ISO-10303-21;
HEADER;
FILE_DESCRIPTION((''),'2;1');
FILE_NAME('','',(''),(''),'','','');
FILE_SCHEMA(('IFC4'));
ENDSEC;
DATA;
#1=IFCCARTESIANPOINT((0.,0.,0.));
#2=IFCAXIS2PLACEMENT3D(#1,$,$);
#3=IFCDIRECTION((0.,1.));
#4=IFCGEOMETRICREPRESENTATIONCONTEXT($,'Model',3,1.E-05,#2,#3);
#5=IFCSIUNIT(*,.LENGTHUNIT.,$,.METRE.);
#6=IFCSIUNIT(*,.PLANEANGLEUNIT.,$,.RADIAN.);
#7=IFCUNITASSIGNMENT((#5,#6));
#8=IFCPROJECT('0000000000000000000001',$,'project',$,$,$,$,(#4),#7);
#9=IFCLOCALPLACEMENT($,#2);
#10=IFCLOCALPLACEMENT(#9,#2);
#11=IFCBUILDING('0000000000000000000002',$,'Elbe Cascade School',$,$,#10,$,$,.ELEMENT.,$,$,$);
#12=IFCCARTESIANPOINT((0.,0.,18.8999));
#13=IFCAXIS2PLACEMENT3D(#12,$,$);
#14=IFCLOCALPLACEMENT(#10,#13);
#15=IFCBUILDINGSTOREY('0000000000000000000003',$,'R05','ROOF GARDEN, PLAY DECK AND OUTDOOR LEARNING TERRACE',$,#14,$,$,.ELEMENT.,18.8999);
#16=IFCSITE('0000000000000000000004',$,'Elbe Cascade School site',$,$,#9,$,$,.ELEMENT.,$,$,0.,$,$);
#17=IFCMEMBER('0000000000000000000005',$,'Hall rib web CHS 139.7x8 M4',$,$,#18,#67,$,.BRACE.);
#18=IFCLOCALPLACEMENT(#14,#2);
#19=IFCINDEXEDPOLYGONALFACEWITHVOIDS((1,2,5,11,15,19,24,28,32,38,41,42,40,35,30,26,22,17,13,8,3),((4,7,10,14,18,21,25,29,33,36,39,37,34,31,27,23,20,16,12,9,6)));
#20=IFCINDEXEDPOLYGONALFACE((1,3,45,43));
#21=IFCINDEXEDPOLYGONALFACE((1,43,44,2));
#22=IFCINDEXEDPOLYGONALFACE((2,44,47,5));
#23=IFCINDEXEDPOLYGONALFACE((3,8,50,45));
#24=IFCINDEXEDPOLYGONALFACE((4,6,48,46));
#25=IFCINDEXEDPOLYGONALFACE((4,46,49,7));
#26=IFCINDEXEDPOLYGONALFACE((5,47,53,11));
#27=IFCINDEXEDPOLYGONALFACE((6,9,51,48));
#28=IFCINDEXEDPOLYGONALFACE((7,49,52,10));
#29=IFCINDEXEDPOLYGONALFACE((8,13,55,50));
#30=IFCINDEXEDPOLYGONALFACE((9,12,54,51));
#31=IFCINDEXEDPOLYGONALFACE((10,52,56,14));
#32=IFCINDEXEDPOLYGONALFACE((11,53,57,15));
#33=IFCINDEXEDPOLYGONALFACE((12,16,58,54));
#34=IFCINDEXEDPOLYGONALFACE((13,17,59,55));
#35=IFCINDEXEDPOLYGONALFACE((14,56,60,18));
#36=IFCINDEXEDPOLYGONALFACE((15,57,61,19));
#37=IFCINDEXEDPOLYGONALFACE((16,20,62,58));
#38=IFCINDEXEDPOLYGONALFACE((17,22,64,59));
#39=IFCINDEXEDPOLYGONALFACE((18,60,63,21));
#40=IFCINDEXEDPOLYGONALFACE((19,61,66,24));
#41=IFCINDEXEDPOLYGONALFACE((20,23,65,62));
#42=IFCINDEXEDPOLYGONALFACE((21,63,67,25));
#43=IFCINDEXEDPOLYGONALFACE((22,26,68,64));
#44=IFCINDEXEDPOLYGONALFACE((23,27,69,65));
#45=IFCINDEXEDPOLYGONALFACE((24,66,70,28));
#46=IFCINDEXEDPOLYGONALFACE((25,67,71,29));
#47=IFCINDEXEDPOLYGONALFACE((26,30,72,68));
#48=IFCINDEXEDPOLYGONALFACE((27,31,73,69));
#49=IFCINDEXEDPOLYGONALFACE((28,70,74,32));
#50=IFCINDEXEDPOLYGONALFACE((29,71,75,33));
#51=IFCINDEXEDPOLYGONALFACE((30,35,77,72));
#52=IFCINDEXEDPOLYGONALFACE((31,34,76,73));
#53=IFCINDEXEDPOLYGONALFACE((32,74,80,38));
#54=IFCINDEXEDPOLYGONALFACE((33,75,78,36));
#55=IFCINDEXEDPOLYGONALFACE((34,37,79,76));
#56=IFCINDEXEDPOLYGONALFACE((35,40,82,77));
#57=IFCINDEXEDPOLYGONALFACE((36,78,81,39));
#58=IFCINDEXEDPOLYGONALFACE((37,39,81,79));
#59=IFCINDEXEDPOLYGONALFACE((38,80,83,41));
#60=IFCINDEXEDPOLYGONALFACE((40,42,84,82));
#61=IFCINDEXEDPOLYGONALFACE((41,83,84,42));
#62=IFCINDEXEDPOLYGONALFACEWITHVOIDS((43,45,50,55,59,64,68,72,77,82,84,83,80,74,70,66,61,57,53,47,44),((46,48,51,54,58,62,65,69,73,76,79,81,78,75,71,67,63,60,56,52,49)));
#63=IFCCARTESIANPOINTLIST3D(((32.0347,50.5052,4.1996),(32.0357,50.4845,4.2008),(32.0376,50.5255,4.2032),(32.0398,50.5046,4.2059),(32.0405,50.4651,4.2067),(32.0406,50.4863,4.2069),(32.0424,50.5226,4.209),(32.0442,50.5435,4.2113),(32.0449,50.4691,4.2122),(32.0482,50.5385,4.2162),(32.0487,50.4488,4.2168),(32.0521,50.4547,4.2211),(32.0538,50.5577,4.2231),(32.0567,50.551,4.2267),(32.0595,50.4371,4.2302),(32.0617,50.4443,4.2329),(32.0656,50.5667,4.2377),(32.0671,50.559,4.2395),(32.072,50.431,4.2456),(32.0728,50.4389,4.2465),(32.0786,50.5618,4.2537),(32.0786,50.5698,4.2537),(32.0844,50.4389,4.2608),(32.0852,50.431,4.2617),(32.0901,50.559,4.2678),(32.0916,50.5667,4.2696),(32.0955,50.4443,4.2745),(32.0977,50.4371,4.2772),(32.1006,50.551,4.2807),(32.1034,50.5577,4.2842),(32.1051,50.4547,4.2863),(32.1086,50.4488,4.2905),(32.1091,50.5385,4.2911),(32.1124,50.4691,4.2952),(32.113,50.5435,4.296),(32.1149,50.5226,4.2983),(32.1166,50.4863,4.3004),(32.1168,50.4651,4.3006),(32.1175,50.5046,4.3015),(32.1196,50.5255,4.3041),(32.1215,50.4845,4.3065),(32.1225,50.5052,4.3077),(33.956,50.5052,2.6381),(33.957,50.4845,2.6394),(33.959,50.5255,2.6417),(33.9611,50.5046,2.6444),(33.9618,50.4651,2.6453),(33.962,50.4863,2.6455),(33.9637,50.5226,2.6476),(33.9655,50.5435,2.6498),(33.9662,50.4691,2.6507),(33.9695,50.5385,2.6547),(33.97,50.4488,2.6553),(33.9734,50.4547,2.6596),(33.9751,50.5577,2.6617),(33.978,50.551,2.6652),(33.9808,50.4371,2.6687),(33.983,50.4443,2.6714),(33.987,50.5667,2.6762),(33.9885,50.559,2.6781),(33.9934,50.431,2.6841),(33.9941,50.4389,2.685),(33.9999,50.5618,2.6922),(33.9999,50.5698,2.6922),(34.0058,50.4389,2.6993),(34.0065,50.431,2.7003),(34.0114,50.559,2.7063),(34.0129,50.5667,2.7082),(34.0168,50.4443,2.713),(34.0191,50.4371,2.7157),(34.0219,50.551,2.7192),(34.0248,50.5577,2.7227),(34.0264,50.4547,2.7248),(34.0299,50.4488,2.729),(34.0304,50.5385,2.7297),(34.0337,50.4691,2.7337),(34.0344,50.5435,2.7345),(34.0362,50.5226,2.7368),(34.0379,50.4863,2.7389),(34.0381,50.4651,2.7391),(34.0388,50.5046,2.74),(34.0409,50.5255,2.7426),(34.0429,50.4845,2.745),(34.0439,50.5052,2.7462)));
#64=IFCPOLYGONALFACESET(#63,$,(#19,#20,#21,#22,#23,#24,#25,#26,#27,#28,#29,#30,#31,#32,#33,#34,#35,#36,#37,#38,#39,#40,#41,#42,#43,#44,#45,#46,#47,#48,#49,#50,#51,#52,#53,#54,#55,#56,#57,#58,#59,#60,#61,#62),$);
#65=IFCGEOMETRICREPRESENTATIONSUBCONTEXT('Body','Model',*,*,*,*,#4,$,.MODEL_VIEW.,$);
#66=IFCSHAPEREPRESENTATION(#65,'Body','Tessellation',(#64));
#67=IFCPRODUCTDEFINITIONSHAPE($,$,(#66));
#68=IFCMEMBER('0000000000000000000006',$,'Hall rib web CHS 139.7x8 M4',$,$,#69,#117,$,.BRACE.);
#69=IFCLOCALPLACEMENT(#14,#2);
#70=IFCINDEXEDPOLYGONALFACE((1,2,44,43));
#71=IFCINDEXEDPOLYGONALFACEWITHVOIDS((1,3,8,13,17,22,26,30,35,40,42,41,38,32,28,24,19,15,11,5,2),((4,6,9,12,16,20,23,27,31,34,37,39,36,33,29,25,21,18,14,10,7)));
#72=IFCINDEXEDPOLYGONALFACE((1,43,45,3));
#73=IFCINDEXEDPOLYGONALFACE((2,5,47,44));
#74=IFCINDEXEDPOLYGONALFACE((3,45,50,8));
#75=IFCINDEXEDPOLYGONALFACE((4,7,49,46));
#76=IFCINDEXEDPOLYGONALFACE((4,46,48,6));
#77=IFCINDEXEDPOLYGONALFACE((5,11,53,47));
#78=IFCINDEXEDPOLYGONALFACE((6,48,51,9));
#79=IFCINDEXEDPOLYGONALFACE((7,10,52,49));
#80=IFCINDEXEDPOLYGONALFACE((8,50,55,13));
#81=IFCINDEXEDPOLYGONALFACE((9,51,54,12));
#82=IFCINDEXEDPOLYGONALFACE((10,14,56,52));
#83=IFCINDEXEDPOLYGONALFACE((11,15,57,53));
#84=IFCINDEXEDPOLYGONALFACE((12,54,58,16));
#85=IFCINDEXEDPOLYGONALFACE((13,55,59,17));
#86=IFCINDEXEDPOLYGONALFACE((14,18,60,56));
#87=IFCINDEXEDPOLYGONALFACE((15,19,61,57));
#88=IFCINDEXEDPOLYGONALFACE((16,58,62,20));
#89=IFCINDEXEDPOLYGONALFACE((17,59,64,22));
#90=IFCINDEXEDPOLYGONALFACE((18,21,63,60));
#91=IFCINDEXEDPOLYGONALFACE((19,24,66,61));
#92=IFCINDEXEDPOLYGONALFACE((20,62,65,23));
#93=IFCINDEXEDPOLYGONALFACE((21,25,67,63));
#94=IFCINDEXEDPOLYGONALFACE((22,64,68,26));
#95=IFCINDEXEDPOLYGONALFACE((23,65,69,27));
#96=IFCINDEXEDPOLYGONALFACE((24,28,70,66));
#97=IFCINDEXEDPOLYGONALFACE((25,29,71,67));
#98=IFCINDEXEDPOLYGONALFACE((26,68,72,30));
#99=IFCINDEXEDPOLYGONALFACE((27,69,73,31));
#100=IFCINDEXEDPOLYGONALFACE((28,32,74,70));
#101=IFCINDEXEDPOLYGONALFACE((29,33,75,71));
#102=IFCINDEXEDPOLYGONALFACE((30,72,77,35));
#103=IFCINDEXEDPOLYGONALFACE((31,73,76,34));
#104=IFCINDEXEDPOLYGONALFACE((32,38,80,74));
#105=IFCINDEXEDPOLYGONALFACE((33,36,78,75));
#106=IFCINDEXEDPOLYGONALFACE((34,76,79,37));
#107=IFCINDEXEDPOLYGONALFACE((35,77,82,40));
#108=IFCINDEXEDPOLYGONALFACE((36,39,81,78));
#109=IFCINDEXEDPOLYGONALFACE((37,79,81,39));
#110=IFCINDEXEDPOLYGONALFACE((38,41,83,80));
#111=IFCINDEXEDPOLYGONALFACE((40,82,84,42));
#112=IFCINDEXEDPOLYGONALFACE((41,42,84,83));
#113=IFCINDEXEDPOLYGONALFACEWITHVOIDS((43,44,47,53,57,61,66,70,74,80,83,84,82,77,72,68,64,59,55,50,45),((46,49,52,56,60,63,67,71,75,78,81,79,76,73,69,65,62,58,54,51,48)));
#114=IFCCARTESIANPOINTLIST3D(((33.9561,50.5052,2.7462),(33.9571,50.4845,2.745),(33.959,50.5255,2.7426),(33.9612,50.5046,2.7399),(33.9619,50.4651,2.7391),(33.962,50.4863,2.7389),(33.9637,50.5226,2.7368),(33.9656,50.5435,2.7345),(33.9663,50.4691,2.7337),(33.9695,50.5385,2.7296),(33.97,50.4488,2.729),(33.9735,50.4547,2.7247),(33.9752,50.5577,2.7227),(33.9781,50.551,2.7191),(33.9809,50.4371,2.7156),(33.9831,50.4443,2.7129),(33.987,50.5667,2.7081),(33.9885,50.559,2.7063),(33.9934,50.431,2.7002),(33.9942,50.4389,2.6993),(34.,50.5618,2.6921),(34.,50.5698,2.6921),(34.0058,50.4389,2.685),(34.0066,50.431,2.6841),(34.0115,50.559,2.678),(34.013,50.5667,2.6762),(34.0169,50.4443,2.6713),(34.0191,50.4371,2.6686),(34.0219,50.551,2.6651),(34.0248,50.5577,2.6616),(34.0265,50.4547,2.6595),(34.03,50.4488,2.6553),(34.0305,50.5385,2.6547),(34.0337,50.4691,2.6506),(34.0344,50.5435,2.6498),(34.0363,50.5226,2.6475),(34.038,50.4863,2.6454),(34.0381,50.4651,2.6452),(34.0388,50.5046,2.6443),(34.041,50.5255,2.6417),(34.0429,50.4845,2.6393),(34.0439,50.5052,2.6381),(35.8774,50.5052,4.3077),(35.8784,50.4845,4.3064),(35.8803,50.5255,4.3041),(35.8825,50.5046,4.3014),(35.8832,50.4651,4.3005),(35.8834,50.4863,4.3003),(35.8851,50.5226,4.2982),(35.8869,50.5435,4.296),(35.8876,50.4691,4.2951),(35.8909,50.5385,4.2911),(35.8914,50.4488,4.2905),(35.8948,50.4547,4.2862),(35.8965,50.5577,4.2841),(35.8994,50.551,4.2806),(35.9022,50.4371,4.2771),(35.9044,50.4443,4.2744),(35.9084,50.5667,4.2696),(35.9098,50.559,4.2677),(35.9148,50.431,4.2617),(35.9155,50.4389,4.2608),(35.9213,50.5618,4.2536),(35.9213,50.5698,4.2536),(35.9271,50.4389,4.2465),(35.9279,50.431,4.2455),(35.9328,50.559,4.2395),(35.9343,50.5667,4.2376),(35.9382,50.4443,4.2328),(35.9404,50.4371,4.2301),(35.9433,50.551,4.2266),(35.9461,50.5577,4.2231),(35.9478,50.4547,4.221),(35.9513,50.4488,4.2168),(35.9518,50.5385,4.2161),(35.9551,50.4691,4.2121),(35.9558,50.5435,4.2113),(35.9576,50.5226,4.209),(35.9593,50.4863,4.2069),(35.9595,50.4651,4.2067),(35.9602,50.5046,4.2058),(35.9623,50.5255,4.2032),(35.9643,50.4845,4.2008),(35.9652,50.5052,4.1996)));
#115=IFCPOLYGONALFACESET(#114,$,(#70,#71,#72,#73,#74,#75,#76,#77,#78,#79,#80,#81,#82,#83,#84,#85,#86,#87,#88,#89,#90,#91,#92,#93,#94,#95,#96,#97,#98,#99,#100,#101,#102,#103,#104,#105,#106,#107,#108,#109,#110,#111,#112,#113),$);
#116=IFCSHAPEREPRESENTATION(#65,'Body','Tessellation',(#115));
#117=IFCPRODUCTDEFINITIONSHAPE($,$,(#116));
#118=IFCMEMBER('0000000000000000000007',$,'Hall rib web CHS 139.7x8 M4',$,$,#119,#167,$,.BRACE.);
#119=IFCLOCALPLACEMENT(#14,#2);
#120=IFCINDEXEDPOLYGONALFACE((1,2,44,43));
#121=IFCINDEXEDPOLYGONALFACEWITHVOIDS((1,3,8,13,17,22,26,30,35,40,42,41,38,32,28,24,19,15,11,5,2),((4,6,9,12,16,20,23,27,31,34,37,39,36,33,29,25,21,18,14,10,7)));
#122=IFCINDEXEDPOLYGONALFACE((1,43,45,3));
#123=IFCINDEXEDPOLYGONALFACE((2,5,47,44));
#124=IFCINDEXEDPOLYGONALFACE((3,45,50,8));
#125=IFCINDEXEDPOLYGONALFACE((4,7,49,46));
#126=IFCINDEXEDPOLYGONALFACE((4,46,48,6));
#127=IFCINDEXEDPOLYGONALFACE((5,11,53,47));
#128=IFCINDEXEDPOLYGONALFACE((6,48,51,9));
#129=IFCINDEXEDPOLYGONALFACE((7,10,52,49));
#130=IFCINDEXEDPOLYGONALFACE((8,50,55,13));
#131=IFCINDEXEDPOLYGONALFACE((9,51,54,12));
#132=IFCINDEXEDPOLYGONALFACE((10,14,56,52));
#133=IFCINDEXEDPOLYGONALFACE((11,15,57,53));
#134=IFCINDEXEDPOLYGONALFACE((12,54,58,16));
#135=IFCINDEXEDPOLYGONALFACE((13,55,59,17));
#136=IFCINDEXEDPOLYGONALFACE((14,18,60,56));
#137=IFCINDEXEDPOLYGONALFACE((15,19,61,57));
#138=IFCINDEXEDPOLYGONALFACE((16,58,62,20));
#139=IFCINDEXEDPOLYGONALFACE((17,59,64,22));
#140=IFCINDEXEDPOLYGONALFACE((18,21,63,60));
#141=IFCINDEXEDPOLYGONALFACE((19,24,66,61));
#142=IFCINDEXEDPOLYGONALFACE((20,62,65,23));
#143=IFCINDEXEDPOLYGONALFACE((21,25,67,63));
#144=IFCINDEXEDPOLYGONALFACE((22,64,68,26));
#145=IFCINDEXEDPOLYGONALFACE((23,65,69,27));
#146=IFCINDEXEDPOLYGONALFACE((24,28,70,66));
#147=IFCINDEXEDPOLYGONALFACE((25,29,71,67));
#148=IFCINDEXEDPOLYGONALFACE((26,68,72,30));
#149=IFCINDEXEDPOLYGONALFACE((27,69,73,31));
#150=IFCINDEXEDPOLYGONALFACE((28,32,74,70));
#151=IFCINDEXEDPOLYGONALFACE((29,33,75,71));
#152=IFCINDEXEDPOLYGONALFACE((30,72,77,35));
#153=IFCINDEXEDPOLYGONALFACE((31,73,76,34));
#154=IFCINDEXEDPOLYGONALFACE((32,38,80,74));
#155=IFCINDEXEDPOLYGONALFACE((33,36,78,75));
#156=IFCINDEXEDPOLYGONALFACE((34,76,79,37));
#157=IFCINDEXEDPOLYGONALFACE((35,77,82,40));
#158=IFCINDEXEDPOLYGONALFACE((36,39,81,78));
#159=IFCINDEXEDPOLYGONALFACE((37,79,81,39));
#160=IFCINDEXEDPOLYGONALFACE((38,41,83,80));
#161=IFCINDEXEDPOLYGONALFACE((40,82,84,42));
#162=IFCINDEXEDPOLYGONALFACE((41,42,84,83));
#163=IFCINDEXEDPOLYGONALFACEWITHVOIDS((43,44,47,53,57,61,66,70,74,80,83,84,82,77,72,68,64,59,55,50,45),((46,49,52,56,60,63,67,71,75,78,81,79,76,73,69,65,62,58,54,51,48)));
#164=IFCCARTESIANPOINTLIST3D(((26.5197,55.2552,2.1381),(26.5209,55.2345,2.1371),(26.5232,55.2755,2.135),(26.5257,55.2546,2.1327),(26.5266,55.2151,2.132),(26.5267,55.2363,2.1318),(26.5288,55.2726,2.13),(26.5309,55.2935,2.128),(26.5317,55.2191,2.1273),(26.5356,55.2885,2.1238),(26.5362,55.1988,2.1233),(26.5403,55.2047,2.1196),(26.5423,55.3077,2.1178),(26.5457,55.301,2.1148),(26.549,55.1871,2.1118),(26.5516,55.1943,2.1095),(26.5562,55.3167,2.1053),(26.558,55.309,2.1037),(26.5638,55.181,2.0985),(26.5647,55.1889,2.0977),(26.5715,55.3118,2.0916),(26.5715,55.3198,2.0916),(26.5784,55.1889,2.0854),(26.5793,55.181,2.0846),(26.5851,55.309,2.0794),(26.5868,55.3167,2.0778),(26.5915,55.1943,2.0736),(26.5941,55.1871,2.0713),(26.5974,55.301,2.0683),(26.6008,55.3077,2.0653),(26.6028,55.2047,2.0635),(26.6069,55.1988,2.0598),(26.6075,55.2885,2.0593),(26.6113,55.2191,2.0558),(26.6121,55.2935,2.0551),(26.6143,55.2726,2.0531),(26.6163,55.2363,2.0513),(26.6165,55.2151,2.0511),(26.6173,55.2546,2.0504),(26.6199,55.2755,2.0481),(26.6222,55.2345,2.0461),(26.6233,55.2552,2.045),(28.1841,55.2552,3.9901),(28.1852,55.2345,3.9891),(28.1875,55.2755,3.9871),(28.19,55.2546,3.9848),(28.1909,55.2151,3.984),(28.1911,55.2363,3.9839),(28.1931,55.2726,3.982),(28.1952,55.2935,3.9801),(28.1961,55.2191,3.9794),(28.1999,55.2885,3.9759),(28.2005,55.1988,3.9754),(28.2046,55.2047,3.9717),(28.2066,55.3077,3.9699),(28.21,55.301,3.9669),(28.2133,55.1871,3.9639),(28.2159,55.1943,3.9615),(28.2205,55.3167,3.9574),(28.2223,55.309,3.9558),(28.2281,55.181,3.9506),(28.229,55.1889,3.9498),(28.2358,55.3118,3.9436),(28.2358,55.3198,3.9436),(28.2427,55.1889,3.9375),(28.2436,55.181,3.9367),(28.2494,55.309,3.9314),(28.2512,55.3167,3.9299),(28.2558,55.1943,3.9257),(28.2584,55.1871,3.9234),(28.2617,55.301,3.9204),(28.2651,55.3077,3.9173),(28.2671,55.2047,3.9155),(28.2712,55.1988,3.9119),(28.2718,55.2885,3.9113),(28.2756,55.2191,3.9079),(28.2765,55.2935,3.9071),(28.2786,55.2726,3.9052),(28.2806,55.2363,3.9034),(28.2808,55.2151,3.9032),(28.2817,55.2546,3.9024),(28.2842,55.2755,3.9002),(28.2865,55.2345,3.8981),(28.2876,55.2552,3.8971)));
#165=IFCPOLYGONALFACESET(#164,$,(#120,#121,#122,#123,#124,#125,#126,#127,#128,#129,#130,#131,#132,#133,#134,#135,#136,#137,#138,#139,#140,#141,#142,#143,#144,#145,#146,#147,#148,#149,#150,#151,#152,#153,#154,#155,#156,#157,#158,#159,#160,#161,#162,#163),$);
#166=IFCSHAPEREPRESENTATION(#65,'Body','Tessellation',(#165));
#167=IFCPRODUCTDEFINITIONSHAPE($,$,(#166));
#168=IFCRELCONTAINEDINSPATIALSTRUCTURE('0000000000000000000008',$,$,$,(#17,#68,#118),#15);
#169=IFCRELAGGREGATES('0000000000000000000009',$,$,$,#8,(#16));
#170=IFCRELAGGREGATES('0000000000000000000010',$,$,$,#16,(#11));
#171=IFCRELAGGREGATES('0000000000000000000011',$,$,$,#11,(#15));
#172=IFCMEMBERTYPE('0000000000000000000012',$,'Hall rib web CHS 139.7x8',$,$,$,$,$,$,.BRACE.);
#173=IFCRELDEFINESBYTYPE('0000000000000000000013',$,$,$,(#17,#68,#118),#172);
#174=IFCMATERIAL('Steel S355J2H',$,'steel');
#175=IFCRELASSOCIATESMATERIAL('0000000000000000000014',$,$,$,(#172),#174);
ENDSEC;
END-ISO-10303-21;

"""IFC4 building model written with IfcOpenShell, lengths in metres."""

from ifc_helpers import new_model, si_unit, direction, frame, origin, origin_2d, place, context, subcontext, project, spatial, hollow_circle, extrude, material, material_profile, profile_set, type_object, element, save


model = new_model("IFC4")

# Units and contexts
model_context = context("Model", 3, precision=1e-05, world=origin(), true_north=direction((0.0, 1.0)))
body_context = subcontext(model_context, "Body", "Model", "MODEL_VIEW")
ifc_project = project(units=[si_unit("LENGTHUNIT", "METRE"), si_unit("PLANEANGLEUNIT", "RADIAN")], contexts=[model_context])

# Site, building, storey
site_placement = place(None, origin())
site = spatial("IfcSite", under=ifc_project, at=site_placement, Name="Elbe Cascade School site", CompositionType="ELEMENT", RefElevation=0.0)
building_placement = place(site_placement, origin())
building = spatial("IfcBuilding", under=site, at=building_placement, Name="Elbe Cascade School", CompositionType="ELEMENT")
storey_placement = place(building_placement, frame((0.0, 0.0, 18.8999)))
storey = spatial("IfcBuildingStorey", under=building, at=storey_placement, Name="R05", Description="ROOF GARDEN, PLAY DECK AND OUTDOOR LEARNING TERRACE", CompositionType="ELEMENT", Elevation=18.8999)

# Members
ifc_material_1 = material(Name="Steel S355J2H", Category="steel")
ifc_material_profile_1 = material_profile(ifc_material_1, hollow_circle(Radius=0.0698, WallThickness=0.0081, at=origin_2d()), Name="CHS 139.7x8")
ifc_profile_set_1 = profile_set([ifc_material_profile_1], Name="Steel S355J2H")
member_type_1 = type_object("IfcMemberType", Name="Hall rib web CHS 139.7x8", PredefinedType="BRACE", material=ifc_profile_set_1)
for number, where, z_axis, x_axis, name in (
    (1, (32.0786, 50.5, 4.2537), (0.776036, 0.0, -0.630689), (0.0, 1.0, 0.0), "Hall rib web CHS 139.7x8 M4"),
    (2, (34.0, 50.5, 2.6921), (0.776036, 0.0, 0.630689), (0.0, 1.0, 0.0), "Hall rib web CHS 139.7x8 M4"),
):
    element("IfcMember", number, at=place(storey_placement, frame(where, z_axis=z_axis, x_axis=x_axis)), inside=storey, type_object=member_type_1, Name=name, PredefinedType="BRACE", context=body_context, shape_type="SweptSolid", body=[
        extrude(hollow_circle(Radius=0.0698, WallThickness=0.0081, at=origin_2d()), origin(), (0.0, 0.0, 1.0), 2.4758),
    ])
member_1_placement = place(storey_placement, frame((26.5715, 55.25, 2.0916), z_axis=(0.668401, 0.0, 0.743801), x_axis=(0.0, 1.0, 0.0)))
element("IfcMember", 3, at=member_1_placement, inside=storey, type_object=member_type_1, Name="Hall rib web CHS 139.7x8 M4", PredefinedType="BRACE", context=body_context, shape_type="SweptSolid", body=[
    extrude(hollow_circle(Radius=0.0698, WallThickness=0.0081, at=origin_2d()), origin(), (0.0, 0.0, 1.0), 2.49),
])

save(model, "model.ifc")
